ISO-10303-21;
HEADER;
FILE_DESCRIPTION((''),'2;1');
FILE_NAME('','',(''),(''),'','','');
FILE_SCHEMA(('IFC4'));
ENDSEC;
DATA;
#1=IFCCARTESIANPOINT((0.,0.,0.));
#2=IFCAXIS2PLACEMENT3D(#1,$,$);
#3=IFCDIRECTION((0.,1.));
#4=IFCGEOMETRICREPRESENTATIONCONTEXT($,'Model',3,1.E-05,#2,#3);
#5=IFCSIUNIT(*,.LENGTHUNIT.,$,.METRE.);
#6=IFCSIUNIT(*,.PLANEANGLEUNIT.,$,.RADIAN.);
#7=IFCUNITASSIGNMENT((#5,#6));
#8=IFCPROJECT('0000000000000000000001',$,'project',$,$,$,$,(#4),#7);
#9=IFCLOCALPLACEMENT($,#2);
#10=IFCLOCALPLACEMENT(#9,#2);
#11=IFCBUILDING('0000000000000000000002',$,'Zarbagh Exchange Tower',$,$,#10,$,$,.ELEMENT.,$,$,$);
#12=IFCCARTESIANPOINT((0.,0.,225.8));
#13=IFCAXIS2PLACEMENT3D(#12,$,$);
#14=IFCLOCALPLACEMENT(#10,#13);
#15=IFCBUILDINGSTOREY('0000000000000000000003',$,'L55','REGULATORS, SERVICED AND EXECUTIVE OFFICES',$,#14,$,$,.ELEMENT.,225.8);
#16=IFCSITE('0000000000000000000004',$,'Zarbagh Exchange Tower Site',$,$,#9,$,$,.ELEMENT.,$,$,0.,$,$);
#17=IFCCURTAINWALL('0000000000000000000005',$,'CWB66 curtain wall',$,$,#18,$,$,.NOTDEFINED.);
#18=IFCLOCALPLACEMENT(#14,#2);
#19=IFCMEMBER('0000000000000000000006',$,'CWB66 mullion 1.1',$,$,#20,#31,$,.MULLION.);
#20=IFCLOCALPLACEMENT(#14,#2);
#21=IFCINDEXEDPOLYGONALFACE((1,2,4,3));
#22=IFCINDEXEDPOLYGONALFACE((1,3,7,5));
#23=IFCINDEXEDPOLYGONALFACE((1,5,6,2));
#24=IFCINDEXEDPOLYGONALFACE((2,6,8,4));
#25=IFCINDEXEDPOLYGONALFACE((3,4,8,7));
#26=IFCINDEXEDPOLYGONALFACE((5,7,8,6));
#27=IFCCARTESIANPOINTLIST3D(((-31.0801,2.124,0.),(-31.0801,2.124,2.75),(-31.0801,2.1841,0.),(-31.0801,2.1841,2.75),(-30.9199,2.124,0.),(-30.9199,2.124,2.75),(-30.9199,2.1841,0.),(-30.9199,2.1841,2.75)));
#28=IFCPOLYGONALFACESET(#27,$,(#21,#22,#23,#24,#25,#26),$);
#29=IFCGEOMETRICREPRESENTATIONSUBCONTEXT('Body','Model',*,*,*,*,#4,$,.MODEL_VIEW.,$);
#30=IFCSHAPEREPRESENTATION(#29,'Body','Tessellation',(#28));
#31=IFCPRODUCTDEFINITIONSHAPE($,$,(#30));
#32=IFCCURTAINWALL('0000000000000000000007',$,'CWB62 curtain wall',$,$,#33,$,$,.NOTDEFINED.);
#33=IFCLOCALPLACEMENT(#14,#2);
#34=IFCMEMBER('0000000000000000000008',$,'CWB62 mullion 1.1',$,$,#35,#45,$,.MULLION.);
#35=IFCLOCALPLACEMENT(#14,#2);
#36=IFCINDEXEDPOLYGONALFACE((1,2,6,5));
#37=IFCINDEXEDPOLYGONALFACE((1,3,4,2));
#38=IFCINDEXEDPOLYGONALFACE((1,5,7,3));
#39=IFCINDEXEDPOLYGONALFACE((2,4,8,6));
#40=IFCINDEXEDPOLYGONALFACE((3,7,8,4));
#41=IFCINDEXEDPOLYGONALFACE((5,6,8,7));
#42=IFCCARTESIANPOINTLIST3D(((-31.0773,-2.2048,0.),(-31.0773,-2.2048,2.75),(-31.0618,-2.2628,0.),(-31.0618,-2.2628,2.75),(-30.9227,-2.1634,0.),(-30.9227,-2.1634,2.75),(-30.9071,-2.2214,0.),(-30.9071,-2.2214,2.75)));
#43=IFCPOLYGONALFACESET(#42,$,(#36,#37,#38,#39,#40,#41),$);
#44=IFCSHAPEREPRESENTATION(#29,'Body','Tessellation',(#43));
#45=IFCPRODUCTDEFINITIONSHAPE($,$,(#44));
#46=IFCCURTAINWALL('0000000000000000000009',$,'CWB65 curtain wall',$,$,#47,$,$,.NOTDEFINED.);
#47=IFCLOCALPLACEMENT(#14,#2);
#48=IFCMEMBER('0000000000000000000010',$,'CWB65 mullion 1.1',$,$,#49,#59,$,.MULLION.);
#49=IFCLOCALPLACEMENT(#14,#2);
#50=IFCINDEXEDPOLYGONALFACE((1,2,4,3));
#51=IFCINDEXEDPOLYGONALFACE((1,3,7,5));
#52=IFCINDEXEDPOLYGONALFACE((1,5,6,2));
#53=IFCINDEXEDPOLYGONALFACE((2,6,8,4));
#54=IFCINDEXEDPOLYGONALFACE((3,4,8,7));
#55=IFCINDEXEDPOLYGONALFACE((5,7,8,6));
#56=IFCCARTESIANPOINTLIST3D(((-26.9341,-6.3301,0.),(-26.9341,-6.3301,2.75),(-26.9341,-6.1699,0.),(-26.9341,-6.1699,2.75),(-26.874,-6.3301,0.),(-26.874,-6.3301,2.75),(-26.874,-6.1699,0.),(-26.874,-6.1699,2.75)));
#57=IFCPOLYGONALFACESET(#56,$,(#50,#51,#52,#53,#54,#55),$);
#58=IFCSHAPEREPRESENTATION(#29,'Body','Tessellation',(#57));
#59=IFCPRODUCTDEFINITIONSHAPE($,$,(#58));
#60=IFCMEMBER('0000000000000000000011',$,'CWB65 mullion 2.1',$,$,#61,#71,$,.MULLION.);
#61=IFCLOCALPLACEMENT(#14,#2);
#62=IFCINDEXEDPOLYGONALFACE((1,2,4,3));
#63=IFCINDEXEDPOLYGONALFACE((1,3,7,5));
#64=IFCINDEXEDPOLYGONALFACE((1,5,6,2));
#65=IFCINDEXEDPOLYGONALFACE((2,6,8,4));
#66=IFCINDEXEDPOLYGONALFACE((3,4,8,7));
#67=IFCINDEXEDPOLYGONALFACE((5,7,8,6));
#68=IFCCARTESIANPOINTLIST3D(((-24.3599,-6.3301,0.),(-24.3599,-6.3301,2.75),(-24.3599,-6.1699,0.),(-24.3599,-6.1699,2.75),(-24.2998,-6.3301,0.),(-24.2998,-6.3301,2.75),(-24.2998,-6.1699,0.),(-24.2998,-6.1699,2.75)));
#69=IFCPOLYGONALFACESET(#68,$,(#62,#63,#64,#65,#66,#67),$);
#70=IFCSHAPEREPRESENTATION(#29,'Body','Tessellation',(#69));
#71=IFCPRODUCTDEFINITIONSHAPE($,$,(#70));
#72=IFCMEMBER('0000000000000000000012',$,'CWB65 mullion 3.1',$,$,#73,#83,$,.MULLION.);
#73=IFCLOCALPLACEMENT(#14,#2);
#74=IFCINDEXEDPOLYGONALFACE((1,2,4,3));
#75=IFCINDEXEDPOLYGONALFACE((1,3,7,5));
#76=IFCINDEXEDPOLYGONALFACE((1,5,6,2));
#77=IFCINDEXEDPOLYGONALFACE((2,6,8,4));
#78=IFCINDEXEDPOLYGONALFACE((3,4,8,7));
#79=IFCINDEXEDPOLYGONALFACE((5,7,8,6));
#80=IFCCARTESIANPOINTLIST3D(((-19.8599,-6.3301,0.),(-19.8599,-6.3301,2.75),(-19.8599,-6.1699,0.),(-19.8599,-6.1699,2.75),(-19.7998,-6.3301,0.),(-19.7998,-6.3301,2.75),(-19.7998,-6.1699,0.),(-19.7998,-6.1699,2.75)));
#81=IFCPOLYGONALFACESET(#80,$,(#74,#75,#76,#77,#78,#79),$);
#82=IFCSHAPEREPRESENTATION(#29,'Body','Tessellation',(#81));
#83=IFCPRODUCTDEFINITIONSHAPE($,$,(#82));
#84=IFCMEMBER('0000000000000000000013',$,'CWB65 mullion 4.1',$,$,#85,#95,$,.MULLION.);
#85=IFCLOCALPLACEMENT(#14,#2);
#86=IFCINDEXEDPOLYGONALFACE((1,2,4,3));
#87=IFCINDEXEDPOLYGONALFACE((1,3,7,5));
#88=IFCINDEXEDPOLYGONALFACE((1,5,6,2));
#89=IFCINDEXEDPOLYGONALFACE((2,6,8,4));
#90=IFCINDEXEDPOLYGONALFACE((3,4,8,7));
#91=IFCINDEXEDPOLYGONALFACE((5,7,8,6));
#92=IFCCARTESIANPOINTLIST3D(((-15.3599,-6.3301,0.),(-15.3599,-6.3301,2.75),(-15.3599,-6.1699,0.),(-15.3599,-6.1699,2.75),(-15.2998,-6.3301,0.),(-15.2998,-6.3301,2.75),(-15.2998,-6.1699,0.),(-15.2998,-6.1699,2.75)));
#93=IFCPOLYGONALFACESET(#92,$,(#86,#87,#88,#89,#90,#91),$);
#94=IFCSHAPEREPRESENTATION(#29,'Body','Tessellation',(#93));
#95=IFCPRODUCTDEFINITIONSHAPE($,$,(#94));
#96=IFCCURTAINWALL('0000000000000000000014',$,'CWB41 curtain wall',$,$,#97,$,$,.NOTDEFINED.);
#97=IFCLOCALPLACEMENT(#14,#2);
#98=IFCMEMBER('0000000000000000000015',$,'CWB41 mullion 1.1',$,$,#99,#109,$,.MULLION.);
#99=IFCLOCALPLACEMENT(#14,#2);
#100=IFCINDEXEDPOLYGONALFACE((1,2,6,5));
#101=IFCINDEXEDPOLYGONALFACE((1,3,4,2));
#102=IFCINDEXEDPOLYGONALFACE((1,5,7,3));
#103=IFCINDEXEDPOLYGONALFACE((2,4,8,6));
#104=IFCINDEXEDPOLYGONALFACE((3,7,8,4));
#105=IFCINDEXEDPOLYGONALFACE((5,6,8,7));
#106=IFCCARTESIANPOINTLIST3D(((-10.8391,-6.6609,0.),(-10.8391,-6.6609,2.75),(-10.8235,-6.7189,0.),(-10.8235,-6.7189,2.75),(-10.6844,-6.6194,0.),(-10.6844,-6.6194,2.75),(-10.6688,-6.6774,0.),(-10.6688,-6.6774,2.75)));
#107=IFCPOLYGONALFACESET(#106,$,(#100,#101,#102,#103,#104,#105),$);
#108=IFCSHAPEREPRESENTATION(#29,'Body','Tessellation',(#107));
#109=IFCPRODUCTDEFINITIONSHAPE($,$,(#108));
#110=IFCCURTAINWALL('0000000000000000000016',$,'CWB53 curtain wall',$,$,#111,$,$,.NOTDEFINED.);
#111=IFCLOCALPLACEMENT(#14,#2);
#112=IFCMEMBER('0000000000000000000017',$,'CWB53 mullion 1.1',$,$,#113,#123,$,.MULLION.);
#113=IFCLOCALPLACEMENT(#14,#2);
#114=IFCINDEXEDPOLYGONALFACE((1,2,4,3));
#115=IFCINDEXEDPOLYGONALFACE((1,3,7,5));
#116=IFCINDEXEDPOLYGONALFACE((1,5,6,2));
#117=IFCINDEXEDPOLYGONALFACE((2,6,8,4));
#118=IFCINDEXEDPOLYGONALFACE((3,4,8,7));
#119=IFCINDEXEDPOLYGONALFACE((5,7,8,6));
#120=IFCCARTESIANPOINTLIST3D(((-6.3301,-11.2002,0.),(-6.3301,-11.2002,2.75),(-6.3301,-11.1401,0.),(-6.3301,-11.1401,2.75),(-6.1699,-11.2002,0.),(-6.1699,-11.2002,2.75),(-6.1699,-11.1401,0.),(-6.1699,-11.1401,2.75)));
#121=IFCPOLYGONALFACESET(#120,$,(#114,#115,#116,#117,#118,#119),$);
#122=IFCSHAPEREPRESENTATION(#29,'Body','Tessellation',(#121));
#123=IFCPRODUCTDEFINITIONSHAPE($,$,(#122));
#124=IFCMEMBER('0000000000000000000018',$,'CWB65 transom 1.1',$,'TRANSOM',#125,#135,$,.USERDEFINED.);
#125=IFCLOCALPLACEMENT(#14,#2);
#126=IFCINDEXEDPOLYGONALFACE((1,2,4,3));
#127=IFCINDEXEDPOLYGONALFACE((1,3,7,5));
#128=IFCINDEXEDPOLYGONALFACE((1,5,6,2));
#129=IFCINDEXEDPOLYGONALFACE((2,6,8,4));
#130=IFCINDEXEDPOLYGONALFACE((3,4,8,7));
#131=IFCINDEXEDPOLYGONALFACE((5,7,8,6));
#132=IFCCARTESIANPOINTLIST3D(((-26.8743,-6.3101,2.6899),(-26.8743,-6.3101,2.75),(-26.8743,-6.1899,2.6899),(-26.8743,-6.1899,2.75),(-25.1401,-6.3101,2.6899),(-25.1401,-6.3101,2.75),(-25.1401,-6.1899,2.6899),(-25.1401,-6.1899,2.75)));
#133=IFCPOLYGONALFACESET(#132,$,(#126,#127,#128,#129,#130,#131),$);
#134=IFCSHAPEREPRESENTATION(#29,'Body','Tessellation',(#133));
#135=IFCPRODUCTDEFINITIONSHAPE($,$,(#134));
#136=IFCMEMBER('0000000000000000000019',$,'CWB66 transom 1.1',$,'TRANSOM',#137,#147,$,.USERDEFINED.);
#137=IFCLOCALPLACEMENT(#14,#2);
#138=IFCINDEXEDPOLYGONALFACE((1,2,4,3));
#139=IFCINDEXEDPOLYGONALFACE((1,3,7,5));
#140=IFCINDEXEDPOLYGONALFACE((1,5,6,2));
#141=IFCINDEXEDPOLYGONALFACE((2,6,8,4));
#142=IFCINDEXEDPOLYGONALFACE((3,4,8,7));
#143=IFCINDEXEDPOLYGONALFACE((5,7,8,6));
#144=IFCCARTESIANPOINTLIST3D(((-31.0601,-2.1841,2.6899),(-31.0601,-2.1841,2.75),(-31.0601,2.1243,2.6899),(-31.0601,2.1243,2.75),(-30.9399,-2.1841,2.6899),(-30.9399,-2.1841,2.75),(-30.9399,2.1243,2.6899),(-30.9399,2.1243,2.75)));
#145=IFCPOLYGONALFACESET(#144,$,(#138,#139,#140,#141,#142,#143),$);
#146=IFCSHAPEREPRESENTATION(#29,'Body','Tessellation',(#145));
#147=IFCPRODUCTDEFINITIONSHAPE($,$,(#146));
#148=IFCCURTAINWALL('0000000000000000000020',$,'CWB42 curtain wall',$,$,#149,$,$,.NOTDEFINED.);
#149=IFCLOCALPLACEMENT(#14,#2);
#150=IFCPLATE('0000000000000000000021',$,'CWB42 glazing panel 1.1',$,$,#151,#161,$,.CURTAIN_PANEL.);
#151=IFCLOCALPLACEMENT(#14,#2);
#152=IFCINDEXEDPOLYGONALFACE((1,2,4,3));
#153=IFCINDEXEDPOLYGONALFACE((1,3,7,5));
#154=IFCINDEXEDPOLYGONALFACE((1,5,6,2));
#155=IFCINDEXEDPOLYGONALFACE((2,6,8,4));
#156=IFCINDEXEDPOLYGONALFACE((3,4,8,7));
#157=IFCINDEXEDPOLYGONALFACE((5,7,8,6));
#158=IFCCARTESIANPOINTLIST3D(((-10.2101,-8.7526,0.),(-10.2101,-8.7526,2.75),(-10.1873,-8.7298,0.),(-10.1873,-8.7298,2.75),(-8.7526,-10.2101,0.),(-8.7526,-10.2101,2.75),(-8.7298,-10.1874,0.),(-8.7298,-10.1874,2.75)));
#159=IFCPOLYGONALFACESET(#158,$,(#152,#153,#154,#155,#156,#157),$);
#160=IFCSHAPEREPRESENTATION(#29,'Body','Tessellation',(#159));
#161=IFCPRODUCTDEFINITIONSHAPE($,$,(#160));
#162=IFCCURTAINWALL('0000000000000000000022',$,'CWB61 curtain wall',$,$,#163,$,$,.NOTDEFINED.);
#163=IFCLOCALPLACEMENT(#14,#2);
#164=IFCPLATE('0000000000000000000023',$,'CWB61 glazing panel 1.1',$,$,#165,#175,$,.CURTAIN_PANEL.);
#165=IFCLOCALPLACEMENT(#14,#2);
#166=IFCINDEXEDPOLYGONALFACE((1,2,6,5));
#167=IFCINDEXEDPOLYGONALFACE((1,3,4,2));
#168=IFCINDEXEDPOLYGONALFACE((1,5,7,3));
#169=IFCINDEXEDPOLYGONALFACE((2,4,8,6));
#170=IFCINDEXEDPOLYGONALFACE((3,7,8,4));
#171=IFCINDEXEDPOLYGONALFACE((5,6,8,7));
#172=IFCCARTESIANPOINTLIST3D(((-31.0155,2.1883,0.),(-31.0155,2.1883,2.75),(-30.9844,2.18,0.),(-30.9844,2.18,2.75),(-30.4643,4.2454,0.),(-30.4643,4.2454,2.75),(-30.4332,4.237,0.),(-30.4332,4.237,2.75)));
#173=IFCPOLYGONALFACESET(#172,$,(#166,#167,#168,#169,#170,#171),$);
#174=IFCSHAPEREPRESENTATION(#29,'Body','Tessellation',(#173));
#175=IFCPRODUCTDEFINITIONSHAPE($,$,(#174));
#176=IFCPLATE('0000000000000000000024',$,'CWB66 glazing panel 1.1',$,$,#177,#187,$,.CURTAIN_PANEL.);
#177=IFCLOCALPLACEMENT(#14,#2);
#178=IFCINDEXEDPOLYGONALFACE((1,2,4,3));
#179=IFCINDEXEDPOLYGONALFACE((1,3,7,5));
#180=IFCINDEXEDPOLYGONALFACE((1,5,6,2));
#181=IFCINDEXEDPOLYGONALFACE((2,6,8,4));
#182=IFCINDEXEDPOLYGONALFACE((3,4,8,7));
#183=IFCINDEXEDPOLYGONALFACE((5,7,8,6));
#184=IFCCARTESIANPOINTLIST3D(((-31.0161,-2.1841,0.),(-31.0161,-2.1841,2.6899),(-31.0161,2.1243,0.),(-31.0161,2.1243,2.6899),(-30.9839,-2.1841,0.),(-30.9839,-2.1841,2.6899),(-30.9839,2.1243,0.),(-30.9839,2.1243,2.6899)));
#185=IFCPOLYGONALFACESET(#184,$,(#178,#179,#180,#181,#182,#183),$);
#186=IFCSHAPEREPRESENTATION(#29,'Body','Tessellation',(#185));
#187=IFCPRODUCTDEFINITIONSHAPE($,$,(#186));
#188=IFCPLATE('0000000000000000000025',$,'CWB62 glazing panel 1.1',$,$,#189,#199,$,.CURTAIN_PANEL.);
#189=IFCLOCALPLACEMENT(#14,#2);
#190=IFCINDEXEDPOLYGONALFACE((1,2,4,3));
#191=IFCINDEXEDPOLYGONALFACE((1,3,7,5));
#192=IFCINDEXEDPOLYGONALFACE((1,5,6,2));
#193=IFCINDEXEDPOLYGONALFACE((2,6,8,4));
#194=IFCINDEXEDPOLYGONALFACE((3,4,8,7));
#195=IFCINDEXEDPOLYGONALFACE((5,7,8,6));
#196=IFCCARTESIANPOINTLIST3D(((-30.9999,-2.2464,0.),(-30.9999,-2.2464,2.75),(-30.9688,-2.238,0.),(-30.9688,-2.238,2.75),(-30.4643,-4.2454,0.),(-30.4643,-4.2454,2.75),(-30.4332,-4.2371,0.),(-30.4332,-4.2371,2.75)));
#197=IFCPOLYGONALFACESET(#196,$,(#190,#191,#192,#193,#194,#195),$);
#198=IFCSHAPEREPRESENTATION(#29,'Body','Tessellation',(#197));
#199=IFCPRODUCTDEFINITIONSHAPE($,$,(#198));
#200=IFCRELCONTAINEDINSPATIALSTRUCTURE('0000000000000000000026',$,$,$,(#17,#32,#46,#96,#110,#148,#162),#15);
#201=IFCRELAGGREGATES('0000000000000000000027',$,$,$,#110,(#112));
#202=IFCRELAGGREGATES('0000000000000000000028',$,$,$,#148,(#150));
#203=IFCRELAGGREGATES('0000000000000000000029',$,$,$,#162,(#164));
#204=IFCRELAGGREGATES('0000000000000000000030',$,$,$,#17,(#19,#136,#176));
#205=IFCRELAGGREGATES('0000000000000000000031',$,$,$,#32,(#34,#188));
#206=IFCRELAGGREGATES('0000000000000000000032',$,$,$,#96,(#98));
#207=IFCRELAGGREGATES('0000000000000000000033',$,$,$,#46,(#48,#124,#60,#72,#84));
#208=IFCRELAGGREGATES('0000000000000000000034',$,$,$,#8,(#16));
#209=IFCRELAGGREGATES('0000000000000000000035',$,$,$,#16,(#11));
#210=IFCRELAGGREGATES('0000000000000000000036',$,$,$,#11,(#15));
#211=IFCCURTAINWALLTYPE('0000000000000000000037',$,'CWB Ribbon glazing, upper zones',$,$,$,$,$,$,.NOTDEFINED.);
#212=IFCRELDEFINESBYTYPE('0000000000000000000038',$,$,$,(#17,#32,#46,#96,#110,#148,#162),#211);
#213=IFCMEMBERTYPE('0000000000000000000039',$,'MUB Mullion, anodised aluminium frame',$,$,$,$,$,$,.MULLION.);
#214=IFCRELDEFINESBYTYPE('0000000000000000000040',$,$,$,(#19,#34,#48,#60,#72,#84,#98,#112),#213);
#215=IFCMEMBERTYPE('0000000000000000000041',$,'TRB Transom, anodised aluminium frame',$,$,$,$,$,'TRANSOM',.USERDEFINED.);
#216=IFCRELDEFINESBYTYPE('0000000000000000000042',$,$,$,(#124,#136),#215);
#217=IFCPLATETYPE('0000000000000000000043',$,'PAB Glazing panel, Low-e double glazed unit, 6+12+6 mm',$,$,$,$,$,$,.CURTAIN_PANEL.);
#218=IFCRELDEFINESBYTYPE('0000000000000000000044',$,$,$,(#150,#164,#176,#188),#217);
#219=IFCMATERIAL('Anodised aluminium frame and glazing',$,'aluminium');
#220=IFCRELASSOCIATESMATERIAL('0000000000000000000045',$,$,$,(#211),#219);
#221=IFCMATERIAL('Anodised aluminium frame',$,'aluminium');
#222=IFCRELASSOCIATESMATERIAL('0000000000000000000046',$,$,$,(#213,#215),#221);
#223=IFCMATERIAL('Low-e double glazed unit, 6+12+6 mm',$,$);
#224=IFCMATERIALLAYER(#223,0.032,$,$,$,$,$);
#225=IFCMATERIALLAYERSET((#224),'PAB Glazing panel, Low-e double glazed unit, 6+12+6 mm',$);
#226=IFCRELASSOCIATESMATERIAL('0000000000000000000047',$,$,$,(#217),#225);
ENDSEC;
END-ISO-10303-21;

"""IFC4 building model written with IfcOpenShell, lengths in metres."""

from ifc_helpers import new_model, si_unit, direction, frame, origin, place, context, subcontext, project, spatial, polyline, outline, extrude, source, transform, mapped, material, layer, layer_set, type_object, element, aggregate, save


model = new_model("IFC4")

# Units and contexts
model_context = context("Model", 3, precision=1e-05, world=origin(), true_north=direction((0.0, 1.0)))
body_context = subcontext(model_context, "Body", "Model", "MODEL_VIEW")
ifc_project = project(units=[si_unit("LENGTHUNIT", "METRE"), si_unit("PLANEANGLEUNIT", "RADIAN")], contexts=[model_context])

# Site, building, storey
site_placement = place(None, origin())
site = spatial("IfcSite", under=ifc_project, at=site_placement, Name="Zarbagh Exchange Tower Site", CompositionType="ELEMENT", RefElevation=0.0)
building_placement = place(site_placement, origin())
building = spatial("IfcBuilding", under=site, at=building_placement, Name="Zarbagh Exchange Tower", CompositionType="ELEMENT")
storey_placement = place(building_placement, frame((0.0, 0.0, 225.8)))
storey = spatial("IfcBuildingStorey", under=building, at=storey_placement, Name="L55", Description="REGULATORS, SERVICED AND EXECUTIVE OFFICES", CompositionType="ELEMENT", Elevation=225.8)

# Curtain walls, members
ifc_material_1 = material(Name="Anodised aluminium frame and glazing", Category="aluminium")
curtain_wall_type = type_object("IfcCurtainWallType", Name="CWB Ribbon glazing, upper zones", PredefinedType="NOTDEFINED", material=ifc_material_1)
curtain_wall_1_placement = place(storey_placement, origin())
curtain_wall_1 = element("IfcCurtainWall", 1, at=curtain_wall_1_placement, inside=storey, type_object=curtain_wall_type, Name="CWB66 curtain wall", PredefinedType="NOTDEFINED")
ifc_material_2 = material(Name="Anodised aluminium frame", Category="aluminium")
member_type_1 = type_object("IfcMemberType", Name="MUB Mullion, anodised aluminium frame", PredefinedType="MULLION", material=ifc_material_2)
shared_shape_1 = source(origin(), body_context, "Body", "SweptSolid", [
    extrude(outline(polyline([(0.0, -0.0801), (0.0601, -0.0801), (0.0601, 0.0801), (0.0, 0.0801), (0.0, -0.0801)])), origin(), (0.0, 0.0, 1.0), 2.75),
])
placement = place(storey_placement, origin())
member_1 = element("IfcMember", 2, at=placement, type_object=member_type_1, Name="CWB66 mullion 1.1", PredefinedType="MULLION", context=body_context, shape_type="MappedRepresentation", body=[
    mapped(shared_shape_1, transform((-31.0, 2.1841, 0.0), x_axis=(0.0, -1.0, 0.0), y_axis=(1.0, 0.0, 0.0), z_axis=(0.0, 0.0, 1.0))),
])
curtain_wall_2_placement = place(storey_placement, origin())
curtain_wall_2 = element("IfcCurtainWall", 3, at=curtain_wall_2_placement, inside=storey, type_object=curtain_wall_type, Name="CWB62 curtain wall", PredefinedType="NOTDEFINED")
member_2 = element("IfcMember", 4, at=placement, type_object=member_type_1, Name="CWB62 mullion 1.1", PredefinedType="MULLION", context=body_context, shape_type="MappedRepresentation", body=[
    mapped(shared_shape_1, transform((-31.0, -2.1841, 0.0), x_axis=(0.258825, -0.965924, 0.0), y_axis=(0.965924, 0.258825, 0.0), z_axis=(0.0, 0.0, 1.0))),
])

# Curtain wall, members
curtain_wall_3_placement = place(storey_placement, origin())
curtain_wall_3 = element("IfcCurtainWall", 5, at=curtain_wall_3_placement, inside=storey, type_object=curtain_wall_type, Name="CWB65 curtain wall", PredefinedType="NOTDEFINED")
member_3 = element("IfcMember", 6, at=placement, type_object=member_type_1, Name="CWB65 mullion 1.1", PredefinedType="MULLION", context=body_context, shape_type="MappedRepresentation", body=[
    mapped(shared_shape_1, transform((-26.9341, -6.25, 0.0), x_axis=(1.0, 0.0, 0.0), y_axis=(0.0, 1.0, 0.0), z_axis=(0.0, 0.0, 1.0))),
])
member_4 = element("IfcMember", 7, at=placement, type_object=member_type_1, Name="CWB65 mullion 2.1", PredefinedType="MULLION", context=body_context, shape_type="MappedRepresentation", body=[
    mapped(shared_shape_1, transform((-24.3599, -6.25, 0.0), x_axis=(1.0, 0.0, 0.0), y_axis=(0.0, 1.0, 0.0), z_axis=(0.0, 0.0, 1.0))),
])
member_5 = element("IfcMember", 8, at=placement, type_object=member_type_1, Name="CWB65 mullion 3.1", PredefinedType="MULLION", context=body_context, shape_type="MappedRepresentation", body=[
    mapped(shared_shape_1, transform((-19.8599, -6.25, 0.0), x_axis=(1.0, 0.0, 0.0), y_axis=(0.0, 1.0, 0.0), z_axis=(0.0, 0.0, 1.0))),
])
member_6 = element("IfcMember", 9, at=placement, type_object=member_type_1, Name="CWB65 mullion 4.1", PredefinedType="MULLION", context=body_context, shape_type="MappedRepresentation", body=[
    mapped(shared_shape_1, transform((-15.3599, -6.25, 0.0), x_axis=(1.0, 0.0, 0.0), y_axis=(0.0, 1.0, 0.0), z_axis=(0.0, 0.0, 1.0))),
])

# Curtain walls, members
curtain_wall_4_placement = place(storey_placement, origin())
curtain_wall_4 = element("IfcCurtainWall", 10, at=curtain_wall_4_placement, inside=storey, type_object=curtain_wall_type, Name="CWB41 curtain wall", PredefinedType="NOTDEFINED")
member_7 = element("IfcMember", 11, at=placement, type_object=member_type_1, Name="CWB41 mullion 1.1", PredefinedType="MULLION", context=body_context, shape_type="MappedRepresentation", body=[
    mapped(shared_shape_1, transform((-10.7617, -6.6401, 0.0), x_axis=(0.258825, -0.965924, 0.0), y_axis=(0.965924, 0.258825, 0.0), z_axis=(0.0, 0.0, 1.0))),
])
curtain_wall_5_placement = place(storey_placement, origin())
curtain_wall_5 = element("IfcCurtainWall", 12, at=curtain_wall_5_placement, inside=storey, type_object=curtain_wall_type, Name="CWB53 curtain wall", PredefinedType="NOTDEFINED")
member_8 = element("IfcMember", 13, at=placement, type_object=member_type_1, Name="CWB53 mullion 1.1", PredefinedType="MULLION", context=body_context, shape_type="MappedRepresentation", body=[
    mapped(shared_shape_1, transform((-6.25, -11.1401, 0.0), x_axis=(0.0, -1.0, 0.0), y_axis=(1.0, 0.0, 0.0), z_axis=(0.0, 0.0, 1.0))),
])
aggregate(curtain_wall_5, [member_8])

# Members
member_type_2 = type_object("IfcMemberType", Name="TRB Transom, anodised aluminium frame", ElementType="TRANSOM", PredefinedType="USERDEFINED", material=ifc_material_2)
shared_shape_2 = source(origin(), body_context, "Body", "SweptSolid", [
    extrude(outline(polyline([(-0.0601, -0.0601), (0.0, -0.0601), (0.0, 0.0601), (-0.0601, 0.0601), (-0.0601, -0.0601)])), origin(), (0.0, 0.0, 1.0), 1.7341),
])
member_9 = element("IfcMember", 14, at=placement, type_object=member_type_2, Name="CWB65 transom 1.1", ObjectType="TRANSOM", PredefinedType="USERDEFINED", context=body_context, shape_type="MappedRepresentation", body=[
    mapped(shared_shape_2, transform((-26.8743, -6.25, 2.75), x_axis=(0.0, 0.0, 1.0), y_axis=(0.0, -1.0, 0.0), z_axis=(1.0, 0.0, 0.0))),
])
shared_shape_3 = source(origin(), body_context, "Body", "SweptSolid", [
    extrude(outline(polyline([(-0.0601, -0.0601), (0.0, -0.0601), (0.0, 0.0601), (-0.0601, 0.0601), (-0.0601, -0.0601)])), origin(), (0.0, 0.0, 1.0), 4.3083),
])
member_10 = element("IfcMember", 15, at=placement, type_object=member_type_2, Name="CWB66 transom 1.1", ObjectType="TRANSOM", PredefinedType="USERDEFINED", context=body_context, shape_type="MappedRepresentation", body=[
    mapped(shared_shape_3, transform((-31.0, 2.1243, 2.75), x_axis=(0.0, 0.0, 1.0), y_axis=(-1.0, 0.0, 0.0), z_axis=(0.0, -1.0, 0.0))),
])

# Curtain walls, plates
curtain_wall_6_placement = place(storey_placement, origin())
curtain_wall_6 = element("IfcCurtainWall", 16, at=curtain_wall_6_placement, inside=storey, type_object=curtain_wall_type, Name="CWB42 curtain wall", PredefinedType="NOTDEFINED")
ifc_material_3 = material(Name="Low-e double glazed unit, 6+12+6 mm")
ifc_layer = layer(ifc_material_3, 0.032)
ifc_layer_set = layer_set([ifc_layer], Name="PAB Glazing panel, Low-e double glazed unit, 6+12+6 mm")
plate_type = type_object("IfcPlateType", Name="PAB Glazing panel, Low-e double glazed unit, 6+12+6 mm", PredefinedType="CURTAIN_PANEL", material=ifc_layer_set)
shared_shape_4 = source(origin(), body_context, "Body", "SweptSolid", [
    extrude(outline(polyline([(0.0, -0.0161), (2.0613, -0.0161), (2.0613, 0.0161), (0.0, 0.0161), (0.0, -0.0161)])), origin(), (0.0, 0.0, 1.0), 2.75),
])
plate_1 = element("IfcPlate", 17, at=placement, type_object=plate_type, Name="CWB42 glazing panel 1.1", PredefinedType="CURTAIN_PANEL", context=body_context, shape_type="MappedRepresentation", body=[
    mapped(shared_shape_4, transform((-10.1987, -8.7412, 0.0), x_axis=(0.707107, -0.707107, 0.0), y_axis=(0.707107, 0.707107, 0.0), z_axis=(0.0, 0.0, 1.0))),
])
aggregate(curtain_wall_6, [plate_1])
curtain_wall_7_placement = place(storey_placement, origin())
curtain_wall_7 = element("IfcCurtainWall", 18, at=curtain_wall_7_placement, inside=storey, type_object=curtain_wall_type, Name="CWB61 curtain wall", PredefinedType="NOTDEFINED")
shared_shape_5 = source(origin(), body_context, "Body", "SweptSolid", [
    extrude(outline(polyline([(0.0, -0.0161), (2.1296, -0.0161), (2.1296, 0.0161), (0.0, 0.0161), (0.0, -0.0161)])), origin(), (0.0, 0.0, 1.0), 2.75),
])
plate_2 = element("IfcPlate", 19, at=placement, type_object=plate_type, Name="CWB61 glazing panel 1.1", PredefinedType="CURTAIN_PANEL", context=body_context, shape_type="MappedRepresentation", body=[
    mapped(shared_shape_5, transform((-30.4487, 4.2412, 0.0), x_axis=(-0.258825, -0.965924, 0.0), y_axis=(0.965924, -0.258825, 0.0), z_axis=(0.0, 0.0, 1.0))),
])
aggregate(curtain_wall_7, [plate_2])

# Plates
shared_shape_6 = source(origin(), body_context, "Body", "SweptSolid", [
    extrude(outline(polyline([(0.0, -0.0161), (4.3083, -0.0161), (4.3083, 0.0161), (0.0, 0.0161), (0.0, -0.0161)])), origin(), (0.0, 0.0, 1.0), 2.6899),
])
plate_3 = element("IfcPlate", 20, at=placement, type_object=plate_type, Name="CWB66 glazing panel 1.1", PredefinedType="CURTAIN_PANEL", context=body_context, shape_type="MappedRepresentation", body=[
    mapped(shared_shape_6, transform((-31.0, 2.1243, 0.0), x_axis=(0.0, -1.0, 0.0), y_axis=(1.0, 0.0, 0.0), z_axis=(0.0, 0.0, 1.0))),
])
aggregate(curtain_wall_1, [member_1, member_10, plate_3])
shared_shape_7 = source(origin(), body_context, "Body", "SweptSolid", [
    extrude(outline(polyline([(0.0, -0.0161), (2.0696, -0.0161), (2.0696, 0.0161), (0.0, 0.0161), (0.0, -0.0161)])), origin(), (0.0, 0.0, 1.0), 2.75),
])
plate_4 = element("IfcPlate", 21, at=placement, type_object=plate_type, Name="CWB62 glazing panel 1.1", PredefinedType="CURTAIN_PANEL", context=body_context, shape_type="MappedRepresentation", body=[
    mapped(shared_shape_7, transform((-30.9844, -2.2422, 0.0), x_axis=(0.258825, -0.965924, 0.0), y_axis=(0.965924, 0.258825, 0.0), z_axis=(0.0, 0.0, 1.0))),
])
aggregate(curtain_wall_2, [member_2, plate_4])
aggregate(curtain_wall_4, [member_7])

aggregate(curtain_wall_3, [member_3, member_9, member_4, member_5, member_6])

save(model, "model.ifc")
